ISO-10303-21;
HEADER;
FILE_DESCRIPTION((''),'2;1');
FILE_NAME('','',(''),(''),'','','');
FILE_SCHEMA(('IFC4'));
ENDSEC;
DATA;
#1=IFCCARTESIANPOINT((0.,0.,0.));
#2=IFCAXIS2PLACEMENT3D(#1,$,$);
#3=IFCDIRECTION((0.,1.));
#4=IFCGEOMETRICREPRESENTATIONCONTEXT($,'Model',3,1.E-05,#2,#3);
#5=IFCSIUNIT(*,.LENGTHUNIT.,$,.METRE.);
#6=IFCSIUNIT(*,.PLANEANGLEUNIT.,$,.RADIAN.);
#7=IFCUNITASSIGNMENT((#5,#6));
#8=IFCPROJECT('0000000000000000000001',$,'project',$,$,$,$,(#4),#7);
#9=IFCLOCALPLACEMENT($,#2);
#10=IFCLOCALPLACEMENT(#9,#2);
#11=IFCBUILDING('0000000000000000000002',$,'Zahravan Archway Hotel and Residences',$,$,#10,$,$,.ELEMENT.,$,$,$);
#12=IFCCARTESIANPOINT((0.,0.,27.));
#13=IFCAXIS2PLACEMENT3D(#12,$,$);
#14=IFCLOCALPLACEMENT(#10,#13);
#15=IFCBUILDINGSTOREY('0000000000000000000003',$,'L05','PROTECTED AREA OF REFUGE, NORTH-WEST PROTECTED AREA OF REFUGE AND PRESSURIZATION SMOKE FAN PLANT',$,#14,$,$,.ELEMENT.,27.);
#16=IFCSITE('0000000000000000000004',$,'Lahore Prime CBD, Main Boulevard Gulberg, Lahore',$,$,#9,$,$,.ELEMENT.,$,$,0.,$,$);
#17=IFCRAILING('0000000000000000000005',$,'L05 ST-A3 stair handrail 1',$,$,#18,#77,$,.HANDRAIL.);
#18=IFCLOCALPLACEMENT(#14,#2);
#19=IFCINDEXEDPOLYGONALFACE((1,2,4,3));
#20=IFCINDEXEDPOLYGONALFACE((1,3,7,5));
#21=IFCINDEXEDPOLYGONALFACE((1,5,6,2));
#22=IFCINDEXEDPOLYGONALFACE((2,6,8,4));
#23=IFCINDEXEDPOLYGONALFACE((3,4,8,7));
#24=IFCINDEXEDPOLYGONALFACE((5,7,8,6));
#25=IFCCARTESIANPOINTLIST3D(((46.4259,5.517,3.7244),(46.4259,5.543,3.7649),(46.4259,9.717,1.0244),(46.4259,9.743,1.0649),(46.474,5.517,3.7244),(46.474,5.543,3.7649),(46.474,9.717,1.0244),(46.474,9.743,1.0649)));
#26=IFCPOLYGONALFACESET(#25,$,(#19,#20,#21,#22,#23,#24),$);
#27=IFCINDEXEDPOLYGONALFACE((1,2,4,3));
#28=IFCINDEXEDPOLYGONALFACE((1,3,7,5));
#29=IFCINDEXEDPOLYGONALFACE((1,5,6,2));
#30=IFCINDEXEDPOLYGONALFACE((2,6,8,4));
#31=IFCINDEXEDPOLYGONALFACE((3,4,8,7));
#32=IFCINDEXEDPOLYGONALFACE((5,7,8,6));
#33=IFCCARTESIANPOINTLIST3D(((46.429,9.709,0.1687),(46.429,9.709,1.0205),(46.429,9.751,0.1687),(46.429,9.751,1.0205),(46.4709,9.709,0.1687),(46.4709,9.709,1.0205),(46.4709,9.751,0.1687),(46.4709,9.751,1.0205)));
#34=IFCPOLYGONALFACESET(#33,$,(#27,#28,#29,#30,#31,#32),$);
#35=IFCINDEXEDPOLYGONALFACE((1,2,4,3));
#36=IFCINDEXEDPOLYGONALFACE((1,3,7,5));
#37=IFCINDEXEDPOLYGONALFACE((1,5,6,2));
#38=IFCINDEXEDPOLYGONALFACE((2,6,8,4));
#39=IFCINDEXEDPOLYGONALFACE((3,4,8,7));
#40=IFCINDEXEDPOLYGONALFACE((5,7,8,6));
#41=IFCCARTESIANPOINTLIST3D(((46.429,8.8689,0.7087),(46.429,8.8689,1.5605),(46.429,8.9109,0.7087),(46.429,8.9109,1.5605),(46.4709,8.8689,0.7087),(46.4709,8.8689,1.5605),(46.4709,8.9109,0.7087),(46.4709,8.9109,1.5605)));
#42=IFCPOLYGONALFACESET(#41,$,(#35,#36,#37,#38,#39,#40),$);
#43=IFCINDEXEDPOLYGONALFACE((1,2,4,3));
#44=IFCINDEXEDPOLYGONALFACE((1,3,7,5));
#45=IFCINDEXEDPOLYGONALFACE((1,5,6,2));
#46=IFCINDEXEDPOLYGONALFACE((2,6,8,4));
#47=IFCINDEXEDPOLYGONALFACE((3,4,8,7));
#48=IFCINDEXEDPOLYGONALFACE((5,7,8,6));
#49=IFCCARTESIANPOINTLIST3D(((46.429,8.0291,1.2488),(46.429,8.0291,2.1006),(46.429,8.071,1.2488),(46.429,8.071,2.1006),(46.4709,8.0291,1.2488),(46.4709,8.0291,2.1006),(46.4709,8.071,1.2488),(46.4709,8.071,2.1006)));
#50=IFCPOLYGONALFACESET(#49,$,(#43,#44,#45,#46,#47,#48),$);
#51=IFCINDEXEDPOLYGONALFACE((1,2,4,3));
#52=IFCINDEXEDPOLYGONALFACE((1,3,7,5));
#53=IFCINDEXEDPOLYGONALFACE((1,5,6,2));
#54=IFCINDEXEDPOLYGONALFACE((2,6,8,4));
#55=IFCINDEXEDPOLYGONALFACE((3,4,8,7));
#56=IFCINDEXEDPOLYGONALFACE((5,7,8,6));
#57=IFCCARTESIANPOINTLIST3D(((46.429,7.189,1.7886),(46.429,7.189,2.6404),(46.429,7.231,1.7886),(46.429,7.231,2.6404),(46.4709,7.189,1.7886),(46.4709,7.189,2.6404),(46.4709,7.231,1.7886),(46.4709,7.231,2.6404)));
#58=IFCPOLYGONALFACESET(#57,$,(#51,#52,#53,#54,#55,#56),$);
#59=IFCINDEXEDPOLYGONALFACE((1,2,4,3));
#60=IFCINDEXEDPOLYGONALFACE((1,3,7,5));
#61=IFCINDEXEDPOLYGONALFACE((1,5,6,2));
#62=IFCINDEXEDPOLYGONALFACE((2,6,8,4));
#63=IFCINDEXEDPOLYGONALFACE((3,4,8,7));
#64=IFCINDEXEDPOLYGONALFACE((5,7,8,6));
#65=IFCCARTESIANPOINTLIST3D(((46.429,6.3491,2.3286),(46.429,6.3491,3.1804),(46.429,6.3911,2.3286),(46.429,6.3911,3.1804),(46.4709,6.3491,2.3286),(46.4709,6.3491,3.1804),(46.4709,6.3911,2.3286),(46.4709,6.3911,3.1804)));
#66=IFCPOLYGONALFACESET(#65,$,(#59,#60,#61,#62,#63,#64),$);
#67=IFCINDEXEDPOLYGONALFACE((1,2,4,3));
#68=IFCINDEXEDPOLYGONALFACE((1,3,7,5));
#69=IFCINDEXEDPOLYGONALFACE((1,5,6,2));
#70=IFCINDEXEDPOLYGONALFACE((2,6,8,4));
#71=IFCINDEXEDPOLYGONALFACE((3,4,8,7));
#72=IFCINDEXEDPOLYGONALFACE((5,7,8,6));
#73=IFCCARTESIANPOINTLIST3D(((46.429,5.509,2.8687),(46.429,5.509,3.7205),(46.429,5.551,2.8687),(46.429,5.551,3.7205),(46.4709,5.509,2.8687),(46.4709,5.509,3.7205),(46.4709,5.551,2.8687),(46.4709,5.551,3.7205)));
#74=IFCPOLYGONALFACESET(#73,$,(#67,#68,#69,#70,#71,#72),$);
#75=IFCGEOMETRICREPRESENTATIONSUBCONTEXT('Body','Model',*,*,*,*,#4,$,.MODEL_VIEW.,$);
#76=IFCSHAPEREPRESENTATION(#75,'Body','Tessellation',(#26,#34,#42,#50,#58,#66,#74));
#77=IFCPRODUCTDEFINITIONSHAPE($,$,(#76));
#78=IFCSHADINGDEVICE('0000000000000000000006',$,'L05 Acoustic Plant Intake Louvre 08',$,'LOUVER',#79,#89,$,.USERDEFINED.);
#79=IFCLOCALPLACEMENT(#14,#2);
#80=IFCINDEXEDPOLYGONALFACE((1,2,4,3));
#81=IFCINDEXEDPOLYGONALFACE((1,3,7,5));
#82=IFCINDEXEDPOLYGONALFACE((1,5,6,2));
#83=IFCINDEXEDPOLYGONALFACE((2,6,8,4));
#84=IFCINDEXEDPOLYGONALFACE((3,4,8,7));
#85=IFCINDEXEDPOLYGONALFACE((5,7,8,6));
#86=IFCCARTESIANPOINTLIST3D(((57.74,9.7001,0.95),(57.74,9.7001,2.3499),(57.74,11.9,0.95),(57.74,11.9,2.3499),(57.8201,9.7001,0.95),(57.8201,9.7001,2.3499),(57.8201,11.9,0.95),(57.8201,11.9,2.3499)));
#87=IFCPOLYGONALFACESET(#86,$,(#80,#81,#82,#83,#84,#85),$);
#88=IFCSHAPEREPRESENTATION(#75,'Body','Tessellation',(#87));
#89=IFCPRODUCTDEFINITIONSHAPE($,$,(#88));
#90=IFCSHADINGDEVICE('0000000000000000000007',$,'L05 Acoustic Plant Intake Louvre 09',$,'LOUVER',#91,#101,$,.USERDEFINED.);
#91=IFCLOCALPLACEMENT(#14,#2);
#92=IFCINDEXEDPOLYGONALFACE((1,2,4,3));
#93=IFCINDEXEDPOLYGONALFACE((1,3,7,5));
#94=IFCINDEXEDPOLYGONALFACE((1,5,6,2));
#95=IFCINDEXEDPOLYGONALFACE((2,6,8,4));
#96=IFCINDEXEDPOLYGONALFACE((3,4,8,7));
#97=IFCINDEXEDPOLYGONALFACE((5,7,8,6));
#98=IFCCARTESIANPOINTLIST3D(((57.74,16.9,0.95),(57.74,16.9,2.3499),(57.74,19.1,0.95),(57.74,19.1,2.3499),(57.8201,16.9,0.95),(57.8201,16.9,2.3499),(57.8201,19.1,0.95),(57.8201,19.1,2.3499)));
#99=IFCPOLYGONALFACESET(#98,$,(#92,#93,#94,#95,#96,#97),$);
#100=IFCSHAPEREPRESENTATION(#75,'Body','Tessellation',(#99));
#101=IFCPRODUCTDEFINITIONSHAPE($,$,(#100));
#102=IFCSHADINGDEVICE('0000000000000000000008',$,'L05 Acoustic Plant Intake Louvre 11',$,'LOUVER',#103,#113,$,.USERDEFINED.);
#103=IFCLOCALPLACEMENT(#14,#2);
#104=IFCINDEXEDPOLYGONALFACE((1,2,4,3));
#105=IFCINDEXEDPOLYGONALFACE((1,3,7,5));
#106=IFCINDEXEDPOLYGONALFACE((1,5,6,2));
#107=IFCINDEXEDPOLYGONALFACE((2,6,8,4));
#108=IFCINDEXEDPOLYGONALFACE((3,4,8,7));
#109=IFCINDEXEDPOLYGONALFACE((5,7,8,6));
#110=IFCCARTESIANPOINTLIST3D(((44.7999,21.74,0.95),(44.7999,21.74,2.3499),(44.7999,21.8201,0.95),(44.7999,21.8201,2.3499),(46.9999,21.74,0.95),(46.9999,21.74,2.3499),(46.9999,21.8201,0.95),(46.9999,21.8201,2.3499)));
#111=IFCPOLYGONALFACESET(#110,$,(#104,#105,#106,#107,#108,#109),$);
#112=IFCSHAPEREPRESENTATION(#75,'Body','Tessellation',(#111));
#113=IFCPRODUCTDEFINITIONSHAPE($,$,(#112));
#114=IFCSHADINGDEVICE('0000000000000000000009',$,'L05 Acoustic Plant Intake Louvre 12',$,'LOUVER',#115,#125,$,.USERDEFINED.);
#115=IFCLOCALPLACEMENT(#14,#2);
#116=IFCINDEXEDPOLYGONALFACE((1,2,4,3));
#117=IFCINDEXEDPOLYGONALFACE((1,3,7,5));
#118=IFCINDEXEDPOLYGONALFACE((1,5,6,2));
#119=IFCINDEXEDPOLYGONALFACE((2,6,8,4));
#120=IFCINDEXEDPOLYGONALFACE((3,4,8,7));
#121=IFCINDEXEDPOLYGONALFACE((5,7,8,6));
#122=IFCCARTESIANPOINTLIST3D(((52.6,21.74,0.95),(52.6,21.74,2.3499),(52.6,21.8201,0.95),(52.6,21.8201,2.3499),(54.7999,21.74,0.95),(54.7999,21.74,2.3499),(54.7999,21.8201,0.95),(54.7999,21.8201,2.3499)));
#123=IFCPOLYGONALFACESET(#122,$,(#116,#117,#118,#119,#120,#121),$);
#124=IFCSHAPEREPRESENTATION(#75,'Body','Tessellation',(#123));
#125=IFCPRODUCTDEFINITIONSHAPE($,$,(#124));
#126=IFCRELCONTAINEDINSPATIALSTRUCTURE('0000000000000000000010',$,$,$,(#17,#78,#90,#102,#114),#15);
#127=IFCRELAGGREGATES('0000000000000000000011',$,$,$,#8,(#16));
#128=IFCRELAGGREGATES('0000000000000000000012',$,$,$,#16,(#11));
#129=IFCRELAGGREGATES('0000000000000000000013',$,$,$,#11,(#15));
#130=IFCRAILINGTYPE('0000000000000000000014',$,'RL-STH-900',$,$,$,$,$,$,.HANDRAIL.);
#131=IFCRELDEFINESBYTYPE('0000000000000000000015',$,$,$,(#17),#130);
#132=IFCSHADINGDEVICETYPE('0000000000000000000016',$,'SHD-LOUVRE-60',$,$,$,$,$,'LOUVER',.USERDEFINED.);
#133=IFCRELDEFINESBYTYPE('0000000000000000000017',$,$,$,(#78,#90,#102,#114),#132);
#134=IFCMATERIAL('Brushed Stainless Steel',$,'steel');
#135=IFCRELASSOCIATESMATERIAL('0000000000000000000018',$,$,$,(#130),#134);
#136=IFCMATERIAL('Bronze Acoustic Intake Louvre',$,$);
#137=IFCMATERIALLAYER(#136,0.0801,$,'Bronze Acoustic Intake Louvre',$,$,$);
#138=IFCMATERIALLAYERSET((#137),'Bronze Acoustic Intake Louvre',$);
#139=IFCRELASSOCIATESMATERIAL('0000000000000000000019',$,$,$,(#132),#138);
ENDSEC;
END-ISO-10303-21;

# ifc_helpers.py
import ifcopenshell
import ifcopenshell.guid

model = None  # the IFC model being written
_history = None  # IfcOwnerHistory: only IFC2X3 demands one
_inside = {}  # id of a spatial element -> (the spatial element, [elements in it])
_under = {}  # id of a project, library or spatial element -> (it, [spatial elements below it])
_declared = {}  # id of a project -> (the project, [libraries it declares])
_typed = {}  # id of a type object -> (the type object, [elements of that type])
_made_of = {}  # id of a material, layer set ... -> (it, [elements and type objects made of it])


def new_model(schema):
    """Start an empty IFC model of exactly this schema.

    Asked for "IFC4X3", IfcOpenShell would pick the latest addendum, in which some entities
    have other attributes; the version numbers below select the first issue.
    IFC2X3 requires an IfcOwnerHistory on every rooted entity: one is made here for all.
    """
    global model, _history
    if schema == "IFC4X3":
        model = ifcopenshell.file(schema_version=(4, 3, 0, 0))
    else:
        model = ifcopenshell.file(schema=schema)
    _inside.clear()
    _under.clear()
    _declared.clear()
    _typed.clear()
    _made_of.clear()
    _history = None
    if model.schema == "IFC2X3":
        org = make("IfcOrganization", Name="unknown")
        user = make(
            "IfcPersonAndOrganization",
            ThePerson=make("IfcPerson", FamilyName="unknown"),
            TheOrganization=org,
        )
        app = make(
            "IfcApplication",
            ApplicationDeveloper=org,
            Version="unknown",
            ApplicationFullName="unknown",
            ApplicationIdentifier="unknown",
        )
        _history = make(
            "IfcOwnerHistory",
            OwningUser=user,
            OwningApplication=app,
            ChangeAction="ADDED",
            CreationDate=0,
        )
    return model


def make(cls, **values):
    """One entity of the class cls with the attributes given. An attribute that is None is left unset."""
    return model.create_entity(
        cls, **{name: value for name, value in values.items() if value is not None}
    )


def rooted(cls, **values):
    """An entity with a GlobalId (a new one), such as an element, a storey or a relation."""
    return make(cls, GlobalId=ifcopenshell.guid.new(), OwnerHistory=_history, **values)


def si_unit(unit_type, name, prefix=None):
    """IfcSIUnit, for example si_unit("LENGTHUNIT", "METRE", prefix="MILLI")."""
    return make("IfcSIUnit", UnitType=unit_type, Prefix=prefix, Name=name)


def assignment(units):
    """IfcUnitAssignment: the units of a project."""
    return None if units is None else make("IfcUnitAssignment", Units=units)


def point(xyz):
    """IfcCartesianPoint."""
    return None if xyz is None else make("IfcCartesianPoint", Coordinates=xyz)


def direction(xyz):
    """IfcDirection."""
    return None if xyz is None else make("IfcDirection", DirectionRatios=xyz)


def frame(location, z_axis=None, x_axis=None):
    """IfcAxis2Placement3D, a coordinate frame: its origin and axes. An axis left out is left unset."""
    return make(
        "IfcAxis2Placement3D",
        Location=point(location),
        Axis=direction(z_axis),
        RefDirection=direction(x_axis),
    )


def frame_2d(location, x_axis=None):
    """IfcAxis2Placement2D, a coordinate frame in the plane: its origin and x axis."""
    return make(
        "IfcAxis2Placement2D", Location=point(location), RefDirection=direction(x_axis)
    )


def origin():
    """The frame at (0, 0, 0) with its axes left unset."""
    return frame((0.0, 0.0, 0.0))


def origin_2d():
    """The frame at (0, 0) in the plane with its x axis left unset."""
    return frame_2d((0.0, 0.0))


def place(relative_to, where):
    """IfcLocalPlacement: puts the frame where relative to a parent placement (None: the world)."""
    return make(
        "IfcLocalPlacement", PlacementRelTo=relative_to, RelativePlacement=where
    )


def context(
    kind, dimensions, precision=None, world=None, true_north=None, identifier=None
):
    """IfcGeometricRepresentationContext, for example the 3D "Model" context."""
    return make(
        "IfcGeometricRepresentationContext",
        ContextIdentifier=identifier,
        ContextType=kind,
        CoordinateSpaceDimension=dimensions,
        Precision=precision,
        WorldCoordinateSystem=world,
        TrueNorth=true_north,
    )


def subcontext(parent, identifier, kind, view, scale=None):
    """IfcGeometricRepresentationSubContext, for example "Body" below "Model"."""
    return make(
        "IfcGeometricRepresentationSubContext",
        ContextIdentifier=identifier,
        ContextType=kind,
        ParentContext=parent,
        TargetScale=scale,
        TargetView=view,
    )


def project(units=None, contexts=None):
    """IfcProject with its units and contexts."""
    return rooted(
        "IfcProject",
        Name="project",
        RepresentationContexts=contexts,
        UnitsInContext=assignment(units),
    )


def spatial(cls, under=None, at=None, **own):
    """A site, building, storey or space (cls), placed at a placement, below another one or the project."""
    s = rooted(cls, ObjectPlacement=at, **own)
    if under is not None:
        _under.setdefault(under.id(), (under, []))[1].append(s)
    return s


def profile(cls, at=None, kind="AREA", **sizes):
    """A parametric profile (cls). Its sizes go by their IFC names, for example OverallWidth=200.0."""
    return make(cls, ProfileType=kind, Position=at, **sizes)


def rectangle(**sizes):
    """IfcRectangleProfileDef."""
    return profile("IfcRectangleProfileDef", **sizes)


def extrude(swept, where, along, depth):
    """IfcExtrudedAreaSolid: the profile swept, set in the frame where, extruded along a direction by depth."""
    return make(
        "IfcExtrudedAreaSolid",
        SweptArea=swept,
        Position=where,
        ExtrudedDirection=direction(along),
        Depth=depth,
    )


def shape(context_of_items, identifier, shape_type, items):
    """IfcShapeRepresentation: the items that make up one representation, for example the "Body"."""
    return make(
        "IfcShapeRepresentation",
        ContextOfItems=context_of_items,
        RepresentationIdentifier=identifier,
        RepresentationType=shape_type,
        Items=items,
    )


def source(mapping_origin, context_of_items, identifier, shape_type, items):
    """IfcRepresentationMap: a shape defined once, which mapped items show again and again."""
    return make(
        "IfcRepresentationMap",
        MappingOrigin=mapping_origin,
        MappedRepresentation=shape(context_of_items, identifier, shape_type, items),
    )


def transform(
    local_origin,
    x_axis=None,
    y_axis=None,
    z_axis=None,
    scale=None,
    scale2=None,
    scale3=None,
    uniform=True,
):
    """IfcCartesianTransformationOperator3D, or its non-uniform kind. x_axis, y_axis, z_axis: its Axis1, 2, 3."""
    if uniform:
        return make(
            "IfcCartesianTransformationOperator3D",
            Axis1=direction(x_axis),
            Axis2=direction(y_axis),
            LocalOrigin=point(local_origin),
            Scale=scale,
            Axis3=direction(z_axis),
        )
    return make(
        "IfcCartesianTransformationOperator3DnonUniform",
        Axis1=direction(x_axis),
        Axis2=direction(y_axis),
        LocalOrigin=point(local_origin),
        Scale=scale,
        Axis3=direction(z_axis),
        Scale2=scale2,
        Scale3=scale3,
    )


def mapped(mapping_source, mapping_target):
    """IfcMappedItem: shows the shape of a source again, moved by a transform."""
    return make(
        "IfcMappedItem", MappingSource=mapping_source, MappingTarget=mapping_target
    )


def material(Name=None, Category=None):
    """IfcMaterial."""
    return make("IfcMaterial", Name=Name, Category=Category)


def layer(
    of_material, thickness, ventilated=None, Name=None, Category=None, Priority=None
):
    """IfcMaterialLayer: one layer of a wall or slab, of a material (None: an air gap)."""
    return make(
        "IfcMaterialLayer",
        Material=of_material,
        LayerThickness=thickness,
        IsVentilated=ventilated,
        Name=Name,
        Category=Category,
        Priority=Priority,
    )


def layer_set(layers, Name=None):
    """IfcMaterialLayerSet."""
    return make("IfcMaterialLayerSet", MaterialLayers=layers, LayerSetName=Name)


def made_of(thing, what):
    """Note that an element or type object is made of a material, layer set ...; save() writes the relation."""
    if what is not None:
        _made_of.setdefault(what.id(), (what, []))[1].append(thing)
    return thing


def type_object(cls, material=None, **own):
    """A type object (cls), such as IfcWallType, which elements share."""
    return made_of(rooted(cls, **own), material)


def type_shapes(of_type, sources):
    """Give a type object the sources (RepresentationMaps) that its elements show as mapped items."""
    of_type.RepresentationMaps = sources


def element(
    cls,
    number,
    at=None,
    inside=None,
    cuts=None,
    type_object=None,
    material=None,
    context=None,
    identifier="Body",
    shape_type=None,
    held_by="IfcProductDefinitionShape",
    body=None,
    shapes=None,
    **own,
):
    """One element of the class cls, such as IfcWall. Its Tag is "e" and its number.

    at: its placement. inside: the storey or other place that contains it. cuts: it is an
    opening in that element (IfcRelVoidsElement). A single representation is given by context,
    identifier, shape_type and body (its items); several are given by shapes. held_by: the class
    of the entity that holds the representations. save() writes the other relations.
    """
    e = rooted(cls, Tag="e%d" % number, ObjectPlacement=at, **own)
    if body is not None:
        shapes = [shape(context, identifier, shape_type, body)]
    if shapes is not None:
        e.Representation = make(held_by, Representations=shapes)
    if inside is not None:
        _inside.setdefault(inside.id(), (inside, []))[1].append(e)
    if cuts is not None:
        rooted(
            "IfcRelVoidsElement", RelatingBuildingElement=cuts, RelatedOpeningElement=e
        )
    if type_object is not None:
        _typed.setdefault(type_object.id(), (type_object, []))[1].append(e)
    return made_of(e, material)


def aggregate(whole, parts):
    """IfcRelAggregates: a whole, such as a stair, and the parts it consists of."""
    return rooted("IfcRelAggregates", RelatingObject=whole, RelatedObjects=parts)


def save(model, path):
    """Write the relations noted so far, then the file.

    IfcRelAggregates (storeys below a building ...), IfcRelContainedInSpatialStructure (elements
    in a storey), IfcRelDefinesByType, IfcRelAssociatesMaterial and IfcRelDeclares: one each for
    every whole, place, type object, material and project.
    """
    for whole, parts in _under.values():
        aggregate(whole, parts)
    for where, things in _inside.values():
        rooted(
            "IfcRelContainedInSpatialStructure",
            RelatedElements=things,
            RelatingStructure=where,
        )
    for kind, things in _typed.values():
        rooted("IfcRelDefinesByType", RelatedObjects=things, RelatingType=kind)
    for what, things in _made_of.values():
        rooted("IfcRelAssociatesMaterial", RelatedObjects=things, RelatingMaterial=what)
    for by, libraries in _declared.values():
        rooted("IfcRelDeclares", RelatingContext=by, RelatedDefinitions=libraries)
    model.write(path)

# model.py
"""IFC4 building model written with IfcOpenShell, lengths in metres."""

from ifc_helpers import new_model, si_unit, direction, frame, origin, origin_2d, place, context, subcontext, project, spatial, rectangle, extrude, source, transform, mapped, material, layer, layer_set, type_object, type_shapes, element, save


model = new_model("IFC4")

# Units and contexts
model_context = context("Model", 3, precision=1e-05, world=origin(), true_north=direction((0.0, 1.0)))
body_context = subcontext(model_context, "Body", "Model", "MODEL_VIEW")
ifc_project = project(units=[si_unit("LENGTHUNIT", "METRE"), si_unit("PLANEANGLEUNIT", "RADIAN")], contexts=[model_context])

# Site, building, storey
site_placement = place(None, origin())
site = spatial("IfcSite", under=ifc_project, at=site_placement, Name="Lahore Prime CBD, Main Boulevard Gulberg, Lahore", CompositionType="ELEMENT", RefElevation=0.0)
building_placement = place(site_placement, origin())
building = spatial("IfcBuilding", under=site, at=building_placement, Name="Zahravan Archway Hotel and Residences", CompositionType="ELEMENT")
storey_placement = place(building_placement, frame((0.0, 0.0, 27.0)))
storey = spatial("IfcBuildingStorey", under=building, at=storey_placement, Name="L05", Description="PROTECTED AREA OF REFUGE, NORTH-WEST PROTECTED AREA OF REFUGE AND PRESSURIZATION SMOKE FAN PLANT", CompositionType="ELEMENT", Elevation=27.0)

# Railing
ifc_material_1 = material(Name="Brushed Stainless Steel", Category="steel")
railing_type_1 = type_object("IfcRailingType", Name="RL-STH-900", PredefinedType="HANDRAIL", material=ifc_material_1)
railing_1_placement = place(storey_placement, frame((46.45, 9.73, 0.1687)))
element("IfcRailing", 1, at=railing_1_placement, inside=storey, type_object=railing_type_1, Name="L05 ST-A3 stair handrail 1", PredefinedType="HANDRAIL", context=body_context, shape_type="SweptSolid", body=[
    extrude(rectangle(XDim=0.0481, YDim=0.0481, at=origin_2d()), frame((0.0, 0.0, 0.876), z_axis=(0.0, -0.84118, 0.540755), x_axis=(1.0, 0.0, 0.0)), (0.0, 0.0, 1.0), 4.9929),
    extrude(rectangle(XDim=0.042, YDim=0.042, at=origin_2d()), origin(), (0.0, 0.0, 1.0), 0.8518),
    extrude(rectangle(XDim=0.042, YDim=0.042, at=origin_2d()), frame((0.0, -0.8401, 0.54)), (0.0, 0.0, 1.0), 0.8518),
    extrude(rectangle(XDim=0.042, YDim=0.042, at=origin_2d()), frame((0.0, -1.6799, 1.0801)), (0.0, 0.0, 1.0), 0.8518),
    extrude(rectangle(XDim=0.042, YDim=0.042, at=origin_2d()), frame((0.0, -2.52, 1.6199)), (0.0, 0.0, 1.0), 0.8518),
    extrude(rectangle(XDim=0.042, YDim=0.042, at=origin_2d()), frame((0.0, -3.3599, 2.1599)), (0.0, 0.0, 1.0), 0.8518),
    extrude(rectangle(XDim=0.042, YDim=0.042, at=origin_2d()), frame((0.0, -4.2, 2.7)), (0.0, 0.0, 1.0), 0.8518),
])

# Shading devices
ifc_material_2 = material(Name="Bronze Acoustic Intake Louvre")
ifc_layer_1 = layer(ifc_material_2, 0.0801, Name="Bronze Acoustic Intake Louvre")
ifc_layer_set_1 = layer_set([ifc_layer_1], Name="Bronze Acoustic Intake Louvre")
shading_device_type = type_object("IfcShadingDeviceType", Name="SHD-LOUVRE-60", ElementType="LOUVER", PredefinedType="USERDEFINED", material=ifc_layer_set_1)
shared_shape_1 = source(origin(), body_context, "Body", "SweptSolid", [
    extrude(rectangle(XDim=2.2, YDim=0.0801, at=origin_2d()), origin(), (0.0, 0.0, 1.0), 1.3999),
])
type_shapes(shading_device_type, [shared_shape_1])
for number, where, z_axis, x_axis, name in (
    (2, (57.78, 10.8, 0.95), (0.0, 0.0, 1.0), (0.0, 1.0, 0.0), "L05 Acoustic Plant Intake Louvre 08"),
    (3, (57.78, 18.0, 0.95), (0.0, 0.0, 1.0), (0.0, 1.0, 0.0), "L05 Acoustic Plant Intake Louvre 09"),
    (4, (45.8999, 21.78, 0.95), (0.0, 0.0, 1.0), (1.0, 0.0, 0.0), "L05 Acoustic Plant Intake Louvre 11"),
    (5, (53.7, 21.78, 0.95), (0.0, 0.0, 1.0), (1.0, 0.0, 0.0), "L05 Acoustic Plant Intake Louvre 12"),
):
    element("IfcShadingDevice", number, at=place(storey_placement, frame(where, z_axis=z_axis, x_axis=x_axis)), inside=storey, type_object=shading_device_type, Name=name, ObjectType="LOUVER", PredefinedType="USERDEFINED", context=body_context, shape_type="MappedRepresentation", body=[
        mapped(shared_shape_1, transform((0.0, 0.0, 0.0), scale=1.0)),
    ])

save(model, "model.ifc")
